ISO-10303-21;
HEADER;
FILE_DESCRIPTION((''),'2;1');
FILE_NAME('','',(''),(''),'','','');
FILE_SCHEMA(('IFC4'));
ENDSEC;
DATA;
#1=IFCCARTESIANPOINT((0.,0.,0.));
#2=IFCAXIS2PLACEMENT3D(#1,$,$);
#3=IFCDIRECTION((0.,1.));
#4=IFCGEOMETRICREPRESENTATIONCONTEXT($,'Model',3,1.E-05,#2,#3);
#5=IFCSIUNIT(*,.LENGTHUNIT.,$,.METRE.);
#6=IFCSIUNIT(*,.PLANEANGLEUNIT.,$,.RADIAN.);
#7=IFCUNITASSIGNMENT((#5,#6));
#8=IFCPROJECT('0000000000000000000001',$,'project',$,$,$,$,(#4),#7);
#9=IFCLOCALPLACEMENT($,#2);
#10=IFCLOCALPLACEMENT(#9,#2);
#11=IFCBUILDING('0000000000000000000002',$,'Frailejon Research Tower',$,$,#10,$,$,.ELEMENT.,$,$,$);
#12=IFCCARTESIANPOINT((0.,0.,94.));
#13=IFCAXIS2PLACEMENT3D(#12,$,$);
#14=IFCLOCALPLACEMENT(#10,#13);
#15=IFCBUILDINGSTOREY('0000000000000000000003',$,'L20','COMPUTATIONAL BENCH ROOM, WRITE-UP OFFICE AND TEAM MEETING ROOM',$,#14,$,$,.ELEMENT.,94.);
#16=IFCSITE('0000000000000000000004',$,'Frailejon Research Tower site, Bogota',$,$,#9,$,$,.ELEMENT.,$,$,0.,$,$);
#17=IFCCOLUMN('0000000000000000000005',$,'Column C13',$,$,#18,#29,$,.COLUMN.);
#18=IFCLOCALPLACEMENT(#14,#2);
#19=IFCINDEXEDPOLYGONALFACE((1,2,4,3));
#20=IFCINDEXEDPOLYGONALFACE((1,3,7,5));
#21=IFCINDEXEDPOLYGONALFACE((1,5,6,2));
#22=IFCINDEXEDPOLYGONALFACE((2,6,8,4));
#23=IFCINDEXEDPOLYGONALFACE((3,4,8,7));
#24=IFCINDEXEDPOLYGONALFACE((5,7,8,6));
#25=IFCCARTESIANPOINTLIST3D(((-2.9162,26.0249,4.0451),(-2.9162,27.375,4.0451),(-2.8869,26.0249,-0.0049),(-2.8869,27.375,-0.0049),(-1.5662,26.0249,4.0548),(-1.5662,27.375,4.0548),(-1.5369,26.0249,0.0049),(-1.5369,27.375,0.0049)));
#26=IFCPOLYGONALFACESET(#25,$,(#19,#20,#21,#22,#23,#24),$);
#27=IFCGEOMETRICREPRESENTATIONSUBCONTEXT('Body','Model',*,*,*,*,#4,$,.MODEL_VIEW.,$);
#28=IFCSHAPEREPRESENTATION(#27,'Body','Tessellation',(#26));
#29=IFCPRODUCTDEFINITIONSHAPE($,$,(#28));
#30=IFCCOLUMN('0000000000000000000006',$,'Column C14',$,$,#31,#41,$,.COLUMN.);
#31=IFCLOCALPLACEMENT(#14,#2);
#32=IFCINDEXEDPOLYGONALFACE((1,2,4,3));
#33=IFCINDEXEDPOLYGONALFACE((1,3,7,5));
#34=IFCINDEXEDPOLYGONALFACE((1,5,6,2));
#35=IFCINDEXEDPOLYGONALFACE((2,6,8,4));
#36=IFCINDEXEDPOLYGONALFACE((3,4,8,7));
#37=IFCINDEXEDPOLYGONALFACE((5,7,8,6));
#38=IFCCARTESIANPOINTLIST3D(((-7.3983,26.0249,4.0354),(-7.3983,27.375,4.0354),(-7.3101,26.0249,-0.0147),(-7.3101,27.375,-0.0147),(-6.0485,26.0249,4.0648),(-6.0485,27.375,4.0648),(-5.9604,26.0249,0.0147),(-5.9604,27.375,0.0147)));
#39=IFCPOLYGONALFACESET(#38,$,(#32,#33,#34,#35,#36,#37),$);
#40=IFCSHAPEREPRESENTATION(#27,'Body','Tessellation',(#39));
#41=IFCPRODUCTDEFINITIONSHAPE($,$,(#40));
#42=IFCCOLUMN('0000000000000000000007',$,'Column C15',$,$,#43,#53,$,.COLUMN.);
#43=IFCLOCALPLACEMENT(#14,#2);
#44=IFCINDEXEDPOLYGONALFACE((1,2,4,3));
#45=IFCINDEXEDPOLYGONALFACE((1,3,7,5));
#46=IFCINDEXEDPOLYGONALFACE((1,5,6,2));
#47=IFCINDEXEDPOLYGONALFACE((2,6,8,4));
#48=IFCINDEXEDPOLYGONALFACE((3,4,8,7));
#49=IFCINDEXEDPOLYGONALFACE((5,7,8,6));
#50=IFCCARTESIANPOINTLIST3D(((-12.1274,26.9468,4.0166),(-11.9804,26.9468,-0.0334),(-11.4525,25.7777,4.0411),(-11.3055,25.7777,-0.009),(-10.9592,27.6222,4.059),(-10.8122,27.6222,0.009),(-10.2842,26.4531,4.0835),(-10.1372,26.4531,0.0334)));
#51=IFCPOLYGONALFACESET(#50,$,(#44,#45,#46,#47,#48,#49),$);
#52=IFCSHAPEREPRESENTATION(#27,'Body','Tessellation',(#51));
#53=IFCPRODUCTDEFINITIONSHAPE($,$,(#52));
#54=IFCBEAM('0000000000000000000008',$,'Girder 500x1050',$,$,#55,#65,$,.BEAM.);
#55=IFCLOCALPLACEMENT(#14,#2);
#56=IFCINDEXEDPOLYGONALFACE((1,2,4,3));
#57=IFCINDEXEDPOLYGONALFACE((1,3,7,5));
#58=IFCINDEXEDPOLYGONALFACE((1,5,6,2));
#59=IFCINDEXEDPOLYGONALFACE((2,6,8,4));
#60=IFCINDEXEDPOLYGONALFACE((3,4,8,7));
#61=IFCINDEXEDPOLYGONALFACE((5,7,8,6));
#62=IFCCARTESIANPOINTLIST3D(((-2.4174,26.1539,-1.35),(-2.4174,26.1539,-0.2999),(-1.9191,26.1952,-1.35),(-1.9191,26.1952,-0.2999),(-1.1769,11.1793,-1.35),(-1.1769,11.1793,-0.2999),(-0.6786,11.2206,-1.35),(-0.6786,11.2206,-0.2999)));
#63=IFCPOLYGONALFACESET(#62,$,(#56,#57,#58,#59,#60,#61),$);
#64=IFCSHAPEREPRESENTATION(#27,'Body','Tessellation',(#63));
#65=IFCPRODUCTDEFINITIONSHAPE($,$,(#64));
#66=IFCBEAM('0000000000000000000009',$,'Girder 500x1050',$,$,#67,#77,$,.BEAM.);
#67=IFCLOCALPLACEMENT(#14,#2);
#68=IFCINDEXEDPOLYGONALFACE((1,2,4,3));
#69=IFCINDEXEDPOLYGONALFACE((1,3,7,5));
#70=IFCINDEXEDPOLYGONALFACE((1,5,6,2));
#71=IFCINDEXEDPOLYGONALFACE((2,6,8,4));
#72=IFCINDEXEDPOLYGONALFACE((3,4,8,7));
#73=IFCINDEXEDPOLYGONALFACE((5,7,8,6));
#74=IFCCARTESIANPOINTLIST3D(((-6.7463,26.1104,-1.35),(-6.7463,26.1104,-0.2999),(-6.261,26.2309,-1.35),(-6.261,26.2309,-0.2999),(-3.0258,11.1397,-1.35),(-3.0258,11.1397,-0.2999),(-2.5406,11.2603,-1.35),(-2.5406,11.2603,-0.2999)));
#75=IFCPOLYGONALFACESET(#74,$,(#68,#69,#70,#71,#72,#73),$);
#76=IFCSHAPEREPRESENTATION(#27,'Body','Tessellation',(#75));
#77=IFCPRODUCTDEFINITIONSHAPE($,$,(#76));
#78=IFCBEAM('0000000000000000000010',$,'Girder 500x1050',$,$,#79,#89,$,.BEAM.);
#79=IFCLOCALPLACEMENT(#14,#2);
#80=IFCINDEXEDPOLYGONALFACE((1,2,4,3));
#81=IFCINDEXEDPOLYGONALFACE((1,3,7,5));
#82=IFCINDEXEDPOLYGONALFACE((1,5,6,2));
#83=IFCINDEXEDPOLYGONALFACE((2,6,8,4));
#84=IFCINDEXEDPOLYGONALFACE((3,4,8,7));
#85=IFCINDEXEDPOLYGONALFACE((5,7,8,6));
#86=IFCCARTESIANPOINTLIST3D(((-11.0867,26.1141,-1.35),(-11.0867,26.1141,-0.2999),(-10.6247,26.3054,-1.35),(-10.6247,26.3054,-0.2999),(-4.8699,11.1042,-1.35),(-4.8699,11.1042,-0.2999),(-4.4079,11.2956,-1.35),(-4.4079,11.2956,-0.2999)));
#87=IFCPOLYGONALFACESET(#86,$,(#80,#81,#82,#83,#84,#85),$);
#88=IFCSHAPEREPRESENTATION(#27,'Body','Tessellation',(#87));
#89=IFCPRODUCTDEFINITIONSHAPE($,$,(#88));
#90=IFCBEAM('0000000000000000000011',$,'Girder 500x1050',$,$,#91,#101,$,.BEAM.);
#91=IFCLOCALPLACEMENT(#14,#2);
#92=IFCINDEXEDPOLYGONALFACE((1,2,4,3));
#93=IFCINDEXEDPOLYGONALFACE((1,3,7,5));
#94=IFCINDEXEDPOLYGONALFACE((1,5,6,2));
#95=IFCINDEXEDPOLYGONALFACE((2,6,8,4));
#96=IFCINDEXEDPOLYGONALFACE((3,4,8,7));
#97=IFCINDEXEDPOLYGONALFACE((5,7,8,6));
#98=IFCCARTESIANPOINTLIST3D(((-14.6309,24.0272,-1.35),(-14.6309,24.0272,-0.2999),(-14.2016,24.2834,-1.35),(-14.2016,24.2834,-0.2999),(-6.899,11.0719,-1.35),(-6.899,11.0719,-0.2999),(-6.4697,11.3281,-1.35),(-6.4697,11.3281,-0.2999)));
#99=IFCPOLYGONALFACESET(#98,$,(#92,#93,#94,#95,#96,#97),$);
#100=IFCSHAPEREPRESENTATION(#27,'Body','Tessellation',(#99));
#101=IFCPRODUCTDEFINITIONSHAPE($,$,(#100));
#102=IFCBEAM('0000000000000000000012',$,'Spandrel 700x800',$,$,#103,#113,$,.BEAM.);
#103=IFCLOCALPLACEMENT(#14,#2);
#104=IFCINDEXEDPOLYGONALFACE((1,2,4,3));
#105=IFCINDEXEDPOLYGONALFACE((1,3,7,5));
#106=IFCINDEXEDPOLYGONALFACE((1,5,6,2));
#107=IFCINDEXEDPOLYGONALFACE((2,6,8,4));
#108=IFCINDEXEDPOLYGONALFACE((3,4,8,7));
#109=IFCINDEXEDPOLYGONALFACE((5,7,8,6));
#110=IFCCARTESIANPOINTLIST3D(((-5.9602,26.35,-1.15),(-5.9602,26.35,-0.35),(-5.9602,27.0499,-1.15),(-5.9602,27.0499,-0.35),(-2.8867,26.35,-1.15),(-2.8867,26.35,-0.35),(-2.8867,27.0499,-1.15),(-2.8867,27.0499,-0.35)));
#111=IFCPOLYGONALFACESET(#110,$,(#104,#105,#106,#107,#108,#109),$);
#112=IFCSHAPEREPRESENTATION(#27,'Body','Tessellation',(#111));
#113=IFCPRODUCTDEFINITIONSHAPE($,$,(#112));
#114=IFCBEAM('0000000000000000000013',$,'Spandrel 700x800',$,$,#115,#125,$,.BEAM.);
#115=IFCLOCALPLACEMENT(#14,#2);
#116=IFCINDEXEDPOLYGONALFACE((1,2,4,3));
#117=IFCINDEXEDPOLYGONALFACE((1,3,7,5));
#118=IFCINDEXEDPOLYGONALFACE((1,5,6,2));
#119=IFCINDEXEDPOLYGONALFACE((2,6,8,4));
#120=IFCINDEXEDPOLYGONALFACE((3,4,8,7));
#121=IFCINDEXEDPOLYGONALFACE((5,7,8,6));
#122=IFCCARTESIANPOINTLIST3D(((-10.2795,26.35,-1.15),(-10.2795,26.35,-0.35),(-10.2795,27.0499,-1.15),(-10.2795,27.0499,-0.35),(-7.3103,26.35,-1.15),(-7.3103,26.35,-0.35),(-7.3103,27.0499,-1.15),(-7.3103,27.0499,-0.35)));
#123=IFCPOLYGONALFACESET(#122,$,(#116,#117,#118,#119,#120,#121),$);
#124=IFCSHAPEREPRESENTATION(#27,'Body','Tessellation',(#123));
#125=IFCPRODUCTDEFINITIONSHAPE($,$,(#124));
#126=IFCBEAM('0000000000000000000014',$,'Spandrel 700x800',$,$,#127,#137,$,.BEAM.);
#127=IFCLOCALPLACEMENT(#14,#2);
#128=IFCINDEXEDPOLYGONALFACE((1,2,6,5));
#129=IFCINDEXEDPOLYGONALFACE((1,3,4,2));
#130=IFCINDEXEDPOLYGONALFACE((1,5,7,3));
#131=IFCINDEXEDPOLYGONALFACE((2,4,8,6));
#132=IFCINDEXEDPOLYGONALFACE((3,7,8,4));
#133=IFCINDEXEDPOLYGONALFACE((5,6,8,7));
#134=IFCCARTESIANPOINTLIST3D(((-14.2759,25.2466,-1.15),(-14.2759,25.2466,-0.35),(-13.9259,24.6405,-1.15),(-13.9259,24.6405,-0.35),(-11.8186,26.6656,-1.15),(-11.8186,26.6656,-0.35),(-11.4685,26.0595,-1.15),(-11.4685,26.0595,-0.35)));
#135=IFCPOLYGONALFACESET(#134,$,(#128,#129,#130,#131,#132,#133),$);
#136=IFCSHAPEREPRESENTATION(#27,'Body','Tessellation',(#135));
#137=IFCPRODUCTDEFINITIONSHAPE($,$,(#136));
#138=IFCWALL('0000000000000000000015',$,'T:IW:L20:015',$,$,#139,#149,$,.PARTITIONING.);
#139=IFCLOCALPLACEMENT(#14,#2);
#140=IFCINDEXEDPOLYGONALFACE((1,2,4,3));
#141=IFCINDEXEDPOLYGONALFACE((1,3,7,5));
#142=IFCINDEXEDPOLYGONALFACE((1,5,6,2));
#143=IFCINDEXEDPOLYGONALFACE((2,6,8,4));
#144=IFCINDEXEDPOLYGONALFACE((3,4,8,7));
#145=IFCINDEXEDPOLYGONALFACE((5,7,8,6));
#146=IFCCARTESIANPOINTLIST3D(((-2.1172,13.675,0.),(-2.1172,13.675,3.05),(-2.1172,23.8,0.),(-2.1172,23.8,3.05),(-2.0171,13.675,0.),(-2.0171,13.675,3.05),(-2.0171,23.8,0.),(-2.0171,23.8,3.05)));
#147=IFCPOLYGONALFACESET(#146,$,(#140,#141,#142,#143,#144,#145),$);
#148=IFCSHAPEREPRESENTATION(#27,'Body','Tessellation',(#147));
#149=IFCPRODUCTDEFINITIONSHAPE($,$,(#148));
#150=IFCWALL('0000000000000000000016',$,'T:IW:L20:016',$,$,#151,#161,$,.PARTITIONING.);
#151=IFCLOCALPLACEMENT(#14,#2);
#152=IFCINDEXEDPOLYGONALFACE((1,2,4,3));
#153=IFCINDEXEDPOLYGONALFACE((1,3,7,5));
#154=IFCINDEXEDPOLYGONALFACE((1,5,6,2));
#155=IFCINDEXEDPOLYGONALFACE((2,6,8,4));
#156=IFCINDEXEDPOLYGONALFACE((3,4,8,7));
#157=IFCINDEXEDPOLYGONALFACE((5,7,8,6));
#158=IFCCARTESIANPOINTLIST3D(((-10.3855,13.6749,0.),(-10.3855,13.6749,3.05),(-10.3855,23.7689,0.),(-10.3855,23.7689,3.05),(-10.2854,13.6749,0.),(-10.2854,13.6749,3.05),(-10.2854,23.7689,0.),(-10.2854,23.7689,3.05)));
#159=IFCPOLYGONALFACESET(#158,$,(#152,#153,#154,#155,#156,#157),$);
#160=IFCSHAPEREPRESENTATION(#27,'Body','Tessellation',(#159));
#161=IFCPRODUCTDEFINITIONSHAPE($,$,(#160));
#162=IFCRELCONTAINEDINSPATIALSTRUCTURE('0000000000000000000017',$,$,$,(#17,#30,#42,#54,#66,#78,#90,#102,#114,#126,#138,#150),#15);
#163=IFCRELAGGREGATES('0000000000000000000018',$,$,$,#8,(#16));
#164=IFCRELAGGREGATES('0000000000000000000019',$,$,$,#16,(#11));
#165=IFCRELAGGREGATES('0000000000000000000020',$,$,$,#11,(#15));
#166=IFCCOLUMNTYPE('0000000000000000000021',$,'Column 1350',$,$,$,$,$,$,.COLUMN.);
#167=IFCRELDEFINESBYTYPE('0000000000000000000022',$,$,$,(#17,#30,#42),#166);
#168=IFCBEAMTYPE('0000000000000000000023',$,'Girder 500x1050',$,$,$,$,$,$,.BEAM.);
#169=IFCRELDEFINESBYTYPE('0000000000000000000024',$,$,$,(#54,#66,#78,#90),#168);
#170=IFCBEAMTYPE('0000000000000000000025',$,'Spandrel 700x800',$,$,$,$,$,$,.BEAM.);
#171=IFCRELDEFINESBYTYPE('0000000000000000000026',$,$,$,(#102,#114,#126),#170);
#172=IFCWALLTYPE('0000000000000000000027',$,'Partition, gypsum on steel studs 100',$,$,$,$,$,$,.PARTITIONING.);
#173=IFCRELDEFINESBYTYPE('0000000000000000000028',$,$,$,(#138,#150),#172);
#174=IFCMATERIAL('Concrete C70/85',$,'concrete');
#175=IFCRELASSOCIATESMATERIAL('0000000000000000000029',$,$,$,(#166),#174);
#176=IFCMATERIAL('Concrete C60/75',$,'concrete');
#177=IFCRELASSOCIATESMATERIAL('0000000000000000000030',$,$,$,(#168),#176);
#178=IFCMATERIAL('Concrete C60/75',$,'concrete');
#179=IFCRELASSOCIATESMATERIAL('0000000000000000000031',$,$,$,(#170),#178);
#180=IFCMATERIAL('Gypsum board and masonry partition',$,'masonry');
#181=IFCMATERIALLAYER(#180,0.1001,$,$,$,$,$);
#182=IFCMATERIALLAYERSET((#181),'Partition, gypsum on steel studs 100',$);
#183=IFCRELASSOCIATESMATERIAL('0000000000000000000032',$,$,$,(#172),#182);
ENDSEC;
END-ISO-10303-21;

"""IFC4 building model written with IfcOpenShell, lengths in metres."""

from ifc_helpers import new_model, si_unit, direction, frame, frame_2d, origin, origin_2d, place, context, subcontext, project, spatial, rectangle, extrude, material, layer, layer_set, material_profile, profile_set, type_object, element, save


model = new_model("IFC4")

# Units and contexts
model_context = context("Model", 3, precision=1e-05, world=origin(), true_north=direction((0.0, 1.0)))
body_context = subcontext(model_context, "Body", "Model", "MODEL_VIEW")
ifc_project = project(units=[si_unit("LENGTHUNIT", "METRE"), si_unit("PLANEANGLEUNIT", "RADIAN")], contexts=[model_context])

# Site, building, storey
site_placement = place(None, origin())
site = spatial("IfcSite", under=ifc_project, at=site_placement, Name="Frailejon Research Tower site, Bogota", CompositionType="ELEMENT", RefElevation=0.0)
building_placement = place(site_placement, origin())
building = spatial("IfcBuilding", under=site, at=building_placement, Name="Frailejon Research Tower", CompositionType="ELEMENT")
storey_placement = place(building_placement, frame((0.0, 0.0, 94.0)))
storey = spatial("IfcBuildingStorey", under=building, at=storey_placement, Name="L20", Description="COMPUTATIONAL BENCH ROOM, WRITE-UP OFFICE AND TEAM MEETING ROOM", CompositionType="ELEMENT", Elevation=94.0)

# Columns
ifc_material_1 = material(Name="Concrete C70/85", Category="concrete")
ifc_material_profile_1 = material_profile(ifc_material_1, rectangle(XDim=1.3501, YDim=1.3501, at=origin_2d()), Name="Column 1350")
ifc_profile_set_1 = profile_set([ifc_material_profile_1], Name="Concrete C70/85")
column_type = type_object("IfcColumnType", Name="Column 1350", PredefinedType="COLUMN", material=ifc_profile_set_1)
column_1_placement = place(storey_placement, frame((-2.2119, 26.7, 0.0), z_axis=(-0.007234, 0.0, 0.999974), x_axis=(-0.999974, 0.0, -0.007234)))
element("IfcColumn", 1, at=column_1_placement, inside=storey, type_object=column_type, Name="Column C13", PredefinedType="COLUMN", context=body_context, shape_type="SweptSolid", body=[
    extrude(rectangle(XDim=1.3501, YDim=1.3501, at=origin_2d()), origin(), (0.0, 0.0, 1.0), 4.05),
])
column_2_placement = place(storey_placement, frame((-6.6353, 26.7, 0.0), z_axis=(-0.021756, 0.0, 0.999763), x_axis=(-0.999763, 0.0, -0.021756)))
element("IfcColumn", 2, at=column_2_placement, inside=storey, type_object=column_type, Name="Column C14", PredefinedType="COLUMN", context=body_context, shape_type="SweptSolid", body=[
    extrude(rectangle(XDim=1.3501, YDim=1.3501, at=origin_2d()), origin(), (0.0, 0.0, 1.0), 4.051),
])
column_3_placement = place(storey_placement, frame((-11.0588, 26.7, 0.0), z_axis=(-0.036265, 0.0, 0.999342), x_axis=(-0.865314, -0.500246, -0.031401)))
element("IfcColumn", 3, at=column_3_placement, inside=storey, type_object=column_type, Name="Column C15", PredefinedType="COLUMN", context=body_context, shape_type="SweptSolid", body=[
    extrude(rectangle(XDim=1.3501, YDim=1.3501, at=origin_2d()), origin(), (0.0, 0.0, 1.0), 4.0527),
])

# Beams
ifc_material_2 = material(Name="Concrete C60/75", Category="concrete")
ifc_material_profile_2 = material_profile(ifc_material_2, rectangle(XDim=0.5, YDim=1.05, at=origin_2d()), Name="Girder 500x1050")
ifc_profile_set_2 = profile_set([ifc_material_profile_2], Name="Concrete C60/75")
beam_type_1 = type_object("IfcBeamType", Name="Girder 500x1050", PredefinedType="BEAM", material=ifc_profile_set_2)
beam_1_placement = place(storey_placement, frame((-2.1682, 26.1746, -0.825), z_axis=(0.082556, -0.996586, 0.0), x_axis=(0.996586, 0.082556, 0.0)))
element("IfcBeam", 4, at=beam_1_placement, inside=storey, type_object=beam_type_1, Name="Girder 500x1050", PredefinedType="BEAM", context=body_context, shape_type="SweptSolid", body=[
    extrude(rectangle(XDim=0.5, YDim=1.05, at=origin_2d()), origin(), (0.0, 0.0, 1.0), 15.0259),
])
beam_2_placement = place(storey_placement, frame((-6.5037, 26.1707, -0.825), z_axis=(0.24118, -0.97048, 0.0), x_axis=(0.97048, 0.24118, 0.0)))
element("IfcBeam", 5, at=beam_2_placement, inside=storey, type_object=beam_type_1, Name="Girder 500x1050", PredefinedType="BEAM", context=body_context, shape_type="SweptSolid", body=[
    extrude(rectangle(XDim=0.5, YDim=1.05, at=origin_2d()), origin(), (0.0, 0.0, 1.0), 15.426),
])
beam_3_placement = place(storey_placement, frame((-10.8557, 26.2097, -0.825), z_axis=(0.38266, -0.923889, 0.0), x_axis=(0.923889, 0.38266, 0.0)))
element("IfcBeam", 6, at=beam_3_placement, inside=storey, type_object=beam_type_1, Name="Girder 500x1050", PredefinedType="BEAM", context=body_context, shape_type="SweptSolid", body=[
    extrude(rectangle(XDim=0.5, YDim=1.05, at=origin_2d()), origin(), (0.0, 0.0, 1.0), 16.2463),
])
beam_4_placement = place(storey_placement, frame((-14.4163, 24.1553, -0.825), z_axis=(0.512483, -0.858697, 0.0), x_axis=(0.858697, 0.512483, 0.0)))
element("IfcBeam", 7, at=beam_4_placement, inside=storey, type_object=beam_type_1, Name="Girder 500x1050", PredefinedType="BEAM", context=body_context, shape_type="SweptSolid", body=[
    extrude(rectangle(XDim=0.5, YDim=1.05, at=origin_2d()), origin(), (0.0, 0.0, 1.0), 15.0872),
])
ifc_material_3 = material(Name="Concrete C60/75", Category="concrete")
ifc_material_profile_3 = material_profile(ifc_material_3, rectangle(XDim=0.7, YDim=0.8, at=origin_2d()), Name="Spandrel 700x800")
ifc_profile_set_3 = profile_set([ifc_material_profile_3], Name="Concrete C60/75")
beam_type_2 = type_object("IfcBeamType", Name="Spandrel 700x800", PredefinedType="BEAM", material=ifc_profile_set_3)
beam_5_placement = place(storey_placement, frame((-2.8867, 26.7, -0.75), z_axis=(-1.0, 0.0, 0.0), x_axis=(0.0, -1.0, 0.0)))
element("IfcBeam", 8, at=beam_5_placement, inside=storey, type_object=beam_type_2, Name="Spandrel 700x800", PredefinedType="BEAM", context=body_context, shape_type="SweptSolid", body=[
    extrude(rectangle(XDim=0.7, YDim=0.8, at=origin_2d()), origin(), (0.0, 0.0, 1.0), 3.0735),
])
beam_6_placement = place(storey_placement, frame((-7.3103, 26.7, -0.75), z_axis=(-1.0, 0.0, 0.0), x_axis=(0.0, -1.0, 0.0)))
element("IfcBeam", 9, at=beam_6_placement, inside=storey, type_object=beam_type_2, Name="Spandrel 700x800", PredefinedType="BEAM", context=body_context, shape_type="SweptSolid", body=[
    extrude(rectangle(XDim=0.7, YDim=0.8, at=origin_2d()), origin(), (0.0, 0.0, 1.0), 2.9692),
])
beam_7_placement = place(storey_placement, frame((-11.6436, 26.3625, -0.75), z_axis=(-0.865989, -0.500063, 0.0), x_axis=(0.500063, -0.865989, 0.0)))
element("IfcBeam", 10, at=beam_7_placement, inside=storey, type_object=beam_type_2, Name="Spandrel 700x800", PredefinedType="BEAM", context=body_context, shape_type="SweptSolid", body=[
    extrude(rectangle(XDim=0.7, YDim=0.8, at=origin_2d()), origin(), (0.0, 0.0, 1.0), 2.8376),
])

# Walls
ifc_material_4 = material(Name="Gypsum board and masonry partition", Category="masonry")
ifc_layer_1 = layer(ifc_material_4, 0.1001)
ifc_layer_set_1 = layer_set([ifc_layer_1], Name="Partition, gypsum on steel studs 100")
wall_type_1 = type_object("IfcWallType", Name="Partition, gypsum on steel studs 100", PredefinedType="PARTITIONING", material=ifc_layer_set_1)
wall_1_placement = place(storey_placement, frame((-2.0671, 13.675, 0.0), z_axis=(0.0, 0.0, 1.0), x_axis=(0.0, 1.0, 0.0)))
element("IfcWall", 11, at=wall_1_placement, inside=storey, type_object=wall_type_1, Name="T:IW:L20:015", PredefinedType="PARTITIONING", context=body_context, shape_type="SweptSolid", body=[
    extrude(rectangle(XDim=10.125, YDim=0.1001, at=frame_2d((5.0625, 0.0))), origin(), (0.0, 0.0, 1.0), 3.05),
])
wall_2_placement = place(storey_placement, frame((-10.3354, 13.675, 0.0), z_axis=(0.0, 0.0, 1.0), x_axis=(0.0, 1.0, 0.0)))
element("IfcWall", 12, at=wall_2_placement, inside=storey, type_object=wall_type_1, Name="T:IW:L20:016", PredefinedType="PARTITIONING", context=body_context, shape_type="SweptSolid", body=[
    extrude(rectangle(XDim=10.094, YDim=0.1001, at=frame_2d((5.0469, 0.0))), origin(), (0.0, 0.0, 1.0), 3.05),
])

save(model, "model.ifc")
